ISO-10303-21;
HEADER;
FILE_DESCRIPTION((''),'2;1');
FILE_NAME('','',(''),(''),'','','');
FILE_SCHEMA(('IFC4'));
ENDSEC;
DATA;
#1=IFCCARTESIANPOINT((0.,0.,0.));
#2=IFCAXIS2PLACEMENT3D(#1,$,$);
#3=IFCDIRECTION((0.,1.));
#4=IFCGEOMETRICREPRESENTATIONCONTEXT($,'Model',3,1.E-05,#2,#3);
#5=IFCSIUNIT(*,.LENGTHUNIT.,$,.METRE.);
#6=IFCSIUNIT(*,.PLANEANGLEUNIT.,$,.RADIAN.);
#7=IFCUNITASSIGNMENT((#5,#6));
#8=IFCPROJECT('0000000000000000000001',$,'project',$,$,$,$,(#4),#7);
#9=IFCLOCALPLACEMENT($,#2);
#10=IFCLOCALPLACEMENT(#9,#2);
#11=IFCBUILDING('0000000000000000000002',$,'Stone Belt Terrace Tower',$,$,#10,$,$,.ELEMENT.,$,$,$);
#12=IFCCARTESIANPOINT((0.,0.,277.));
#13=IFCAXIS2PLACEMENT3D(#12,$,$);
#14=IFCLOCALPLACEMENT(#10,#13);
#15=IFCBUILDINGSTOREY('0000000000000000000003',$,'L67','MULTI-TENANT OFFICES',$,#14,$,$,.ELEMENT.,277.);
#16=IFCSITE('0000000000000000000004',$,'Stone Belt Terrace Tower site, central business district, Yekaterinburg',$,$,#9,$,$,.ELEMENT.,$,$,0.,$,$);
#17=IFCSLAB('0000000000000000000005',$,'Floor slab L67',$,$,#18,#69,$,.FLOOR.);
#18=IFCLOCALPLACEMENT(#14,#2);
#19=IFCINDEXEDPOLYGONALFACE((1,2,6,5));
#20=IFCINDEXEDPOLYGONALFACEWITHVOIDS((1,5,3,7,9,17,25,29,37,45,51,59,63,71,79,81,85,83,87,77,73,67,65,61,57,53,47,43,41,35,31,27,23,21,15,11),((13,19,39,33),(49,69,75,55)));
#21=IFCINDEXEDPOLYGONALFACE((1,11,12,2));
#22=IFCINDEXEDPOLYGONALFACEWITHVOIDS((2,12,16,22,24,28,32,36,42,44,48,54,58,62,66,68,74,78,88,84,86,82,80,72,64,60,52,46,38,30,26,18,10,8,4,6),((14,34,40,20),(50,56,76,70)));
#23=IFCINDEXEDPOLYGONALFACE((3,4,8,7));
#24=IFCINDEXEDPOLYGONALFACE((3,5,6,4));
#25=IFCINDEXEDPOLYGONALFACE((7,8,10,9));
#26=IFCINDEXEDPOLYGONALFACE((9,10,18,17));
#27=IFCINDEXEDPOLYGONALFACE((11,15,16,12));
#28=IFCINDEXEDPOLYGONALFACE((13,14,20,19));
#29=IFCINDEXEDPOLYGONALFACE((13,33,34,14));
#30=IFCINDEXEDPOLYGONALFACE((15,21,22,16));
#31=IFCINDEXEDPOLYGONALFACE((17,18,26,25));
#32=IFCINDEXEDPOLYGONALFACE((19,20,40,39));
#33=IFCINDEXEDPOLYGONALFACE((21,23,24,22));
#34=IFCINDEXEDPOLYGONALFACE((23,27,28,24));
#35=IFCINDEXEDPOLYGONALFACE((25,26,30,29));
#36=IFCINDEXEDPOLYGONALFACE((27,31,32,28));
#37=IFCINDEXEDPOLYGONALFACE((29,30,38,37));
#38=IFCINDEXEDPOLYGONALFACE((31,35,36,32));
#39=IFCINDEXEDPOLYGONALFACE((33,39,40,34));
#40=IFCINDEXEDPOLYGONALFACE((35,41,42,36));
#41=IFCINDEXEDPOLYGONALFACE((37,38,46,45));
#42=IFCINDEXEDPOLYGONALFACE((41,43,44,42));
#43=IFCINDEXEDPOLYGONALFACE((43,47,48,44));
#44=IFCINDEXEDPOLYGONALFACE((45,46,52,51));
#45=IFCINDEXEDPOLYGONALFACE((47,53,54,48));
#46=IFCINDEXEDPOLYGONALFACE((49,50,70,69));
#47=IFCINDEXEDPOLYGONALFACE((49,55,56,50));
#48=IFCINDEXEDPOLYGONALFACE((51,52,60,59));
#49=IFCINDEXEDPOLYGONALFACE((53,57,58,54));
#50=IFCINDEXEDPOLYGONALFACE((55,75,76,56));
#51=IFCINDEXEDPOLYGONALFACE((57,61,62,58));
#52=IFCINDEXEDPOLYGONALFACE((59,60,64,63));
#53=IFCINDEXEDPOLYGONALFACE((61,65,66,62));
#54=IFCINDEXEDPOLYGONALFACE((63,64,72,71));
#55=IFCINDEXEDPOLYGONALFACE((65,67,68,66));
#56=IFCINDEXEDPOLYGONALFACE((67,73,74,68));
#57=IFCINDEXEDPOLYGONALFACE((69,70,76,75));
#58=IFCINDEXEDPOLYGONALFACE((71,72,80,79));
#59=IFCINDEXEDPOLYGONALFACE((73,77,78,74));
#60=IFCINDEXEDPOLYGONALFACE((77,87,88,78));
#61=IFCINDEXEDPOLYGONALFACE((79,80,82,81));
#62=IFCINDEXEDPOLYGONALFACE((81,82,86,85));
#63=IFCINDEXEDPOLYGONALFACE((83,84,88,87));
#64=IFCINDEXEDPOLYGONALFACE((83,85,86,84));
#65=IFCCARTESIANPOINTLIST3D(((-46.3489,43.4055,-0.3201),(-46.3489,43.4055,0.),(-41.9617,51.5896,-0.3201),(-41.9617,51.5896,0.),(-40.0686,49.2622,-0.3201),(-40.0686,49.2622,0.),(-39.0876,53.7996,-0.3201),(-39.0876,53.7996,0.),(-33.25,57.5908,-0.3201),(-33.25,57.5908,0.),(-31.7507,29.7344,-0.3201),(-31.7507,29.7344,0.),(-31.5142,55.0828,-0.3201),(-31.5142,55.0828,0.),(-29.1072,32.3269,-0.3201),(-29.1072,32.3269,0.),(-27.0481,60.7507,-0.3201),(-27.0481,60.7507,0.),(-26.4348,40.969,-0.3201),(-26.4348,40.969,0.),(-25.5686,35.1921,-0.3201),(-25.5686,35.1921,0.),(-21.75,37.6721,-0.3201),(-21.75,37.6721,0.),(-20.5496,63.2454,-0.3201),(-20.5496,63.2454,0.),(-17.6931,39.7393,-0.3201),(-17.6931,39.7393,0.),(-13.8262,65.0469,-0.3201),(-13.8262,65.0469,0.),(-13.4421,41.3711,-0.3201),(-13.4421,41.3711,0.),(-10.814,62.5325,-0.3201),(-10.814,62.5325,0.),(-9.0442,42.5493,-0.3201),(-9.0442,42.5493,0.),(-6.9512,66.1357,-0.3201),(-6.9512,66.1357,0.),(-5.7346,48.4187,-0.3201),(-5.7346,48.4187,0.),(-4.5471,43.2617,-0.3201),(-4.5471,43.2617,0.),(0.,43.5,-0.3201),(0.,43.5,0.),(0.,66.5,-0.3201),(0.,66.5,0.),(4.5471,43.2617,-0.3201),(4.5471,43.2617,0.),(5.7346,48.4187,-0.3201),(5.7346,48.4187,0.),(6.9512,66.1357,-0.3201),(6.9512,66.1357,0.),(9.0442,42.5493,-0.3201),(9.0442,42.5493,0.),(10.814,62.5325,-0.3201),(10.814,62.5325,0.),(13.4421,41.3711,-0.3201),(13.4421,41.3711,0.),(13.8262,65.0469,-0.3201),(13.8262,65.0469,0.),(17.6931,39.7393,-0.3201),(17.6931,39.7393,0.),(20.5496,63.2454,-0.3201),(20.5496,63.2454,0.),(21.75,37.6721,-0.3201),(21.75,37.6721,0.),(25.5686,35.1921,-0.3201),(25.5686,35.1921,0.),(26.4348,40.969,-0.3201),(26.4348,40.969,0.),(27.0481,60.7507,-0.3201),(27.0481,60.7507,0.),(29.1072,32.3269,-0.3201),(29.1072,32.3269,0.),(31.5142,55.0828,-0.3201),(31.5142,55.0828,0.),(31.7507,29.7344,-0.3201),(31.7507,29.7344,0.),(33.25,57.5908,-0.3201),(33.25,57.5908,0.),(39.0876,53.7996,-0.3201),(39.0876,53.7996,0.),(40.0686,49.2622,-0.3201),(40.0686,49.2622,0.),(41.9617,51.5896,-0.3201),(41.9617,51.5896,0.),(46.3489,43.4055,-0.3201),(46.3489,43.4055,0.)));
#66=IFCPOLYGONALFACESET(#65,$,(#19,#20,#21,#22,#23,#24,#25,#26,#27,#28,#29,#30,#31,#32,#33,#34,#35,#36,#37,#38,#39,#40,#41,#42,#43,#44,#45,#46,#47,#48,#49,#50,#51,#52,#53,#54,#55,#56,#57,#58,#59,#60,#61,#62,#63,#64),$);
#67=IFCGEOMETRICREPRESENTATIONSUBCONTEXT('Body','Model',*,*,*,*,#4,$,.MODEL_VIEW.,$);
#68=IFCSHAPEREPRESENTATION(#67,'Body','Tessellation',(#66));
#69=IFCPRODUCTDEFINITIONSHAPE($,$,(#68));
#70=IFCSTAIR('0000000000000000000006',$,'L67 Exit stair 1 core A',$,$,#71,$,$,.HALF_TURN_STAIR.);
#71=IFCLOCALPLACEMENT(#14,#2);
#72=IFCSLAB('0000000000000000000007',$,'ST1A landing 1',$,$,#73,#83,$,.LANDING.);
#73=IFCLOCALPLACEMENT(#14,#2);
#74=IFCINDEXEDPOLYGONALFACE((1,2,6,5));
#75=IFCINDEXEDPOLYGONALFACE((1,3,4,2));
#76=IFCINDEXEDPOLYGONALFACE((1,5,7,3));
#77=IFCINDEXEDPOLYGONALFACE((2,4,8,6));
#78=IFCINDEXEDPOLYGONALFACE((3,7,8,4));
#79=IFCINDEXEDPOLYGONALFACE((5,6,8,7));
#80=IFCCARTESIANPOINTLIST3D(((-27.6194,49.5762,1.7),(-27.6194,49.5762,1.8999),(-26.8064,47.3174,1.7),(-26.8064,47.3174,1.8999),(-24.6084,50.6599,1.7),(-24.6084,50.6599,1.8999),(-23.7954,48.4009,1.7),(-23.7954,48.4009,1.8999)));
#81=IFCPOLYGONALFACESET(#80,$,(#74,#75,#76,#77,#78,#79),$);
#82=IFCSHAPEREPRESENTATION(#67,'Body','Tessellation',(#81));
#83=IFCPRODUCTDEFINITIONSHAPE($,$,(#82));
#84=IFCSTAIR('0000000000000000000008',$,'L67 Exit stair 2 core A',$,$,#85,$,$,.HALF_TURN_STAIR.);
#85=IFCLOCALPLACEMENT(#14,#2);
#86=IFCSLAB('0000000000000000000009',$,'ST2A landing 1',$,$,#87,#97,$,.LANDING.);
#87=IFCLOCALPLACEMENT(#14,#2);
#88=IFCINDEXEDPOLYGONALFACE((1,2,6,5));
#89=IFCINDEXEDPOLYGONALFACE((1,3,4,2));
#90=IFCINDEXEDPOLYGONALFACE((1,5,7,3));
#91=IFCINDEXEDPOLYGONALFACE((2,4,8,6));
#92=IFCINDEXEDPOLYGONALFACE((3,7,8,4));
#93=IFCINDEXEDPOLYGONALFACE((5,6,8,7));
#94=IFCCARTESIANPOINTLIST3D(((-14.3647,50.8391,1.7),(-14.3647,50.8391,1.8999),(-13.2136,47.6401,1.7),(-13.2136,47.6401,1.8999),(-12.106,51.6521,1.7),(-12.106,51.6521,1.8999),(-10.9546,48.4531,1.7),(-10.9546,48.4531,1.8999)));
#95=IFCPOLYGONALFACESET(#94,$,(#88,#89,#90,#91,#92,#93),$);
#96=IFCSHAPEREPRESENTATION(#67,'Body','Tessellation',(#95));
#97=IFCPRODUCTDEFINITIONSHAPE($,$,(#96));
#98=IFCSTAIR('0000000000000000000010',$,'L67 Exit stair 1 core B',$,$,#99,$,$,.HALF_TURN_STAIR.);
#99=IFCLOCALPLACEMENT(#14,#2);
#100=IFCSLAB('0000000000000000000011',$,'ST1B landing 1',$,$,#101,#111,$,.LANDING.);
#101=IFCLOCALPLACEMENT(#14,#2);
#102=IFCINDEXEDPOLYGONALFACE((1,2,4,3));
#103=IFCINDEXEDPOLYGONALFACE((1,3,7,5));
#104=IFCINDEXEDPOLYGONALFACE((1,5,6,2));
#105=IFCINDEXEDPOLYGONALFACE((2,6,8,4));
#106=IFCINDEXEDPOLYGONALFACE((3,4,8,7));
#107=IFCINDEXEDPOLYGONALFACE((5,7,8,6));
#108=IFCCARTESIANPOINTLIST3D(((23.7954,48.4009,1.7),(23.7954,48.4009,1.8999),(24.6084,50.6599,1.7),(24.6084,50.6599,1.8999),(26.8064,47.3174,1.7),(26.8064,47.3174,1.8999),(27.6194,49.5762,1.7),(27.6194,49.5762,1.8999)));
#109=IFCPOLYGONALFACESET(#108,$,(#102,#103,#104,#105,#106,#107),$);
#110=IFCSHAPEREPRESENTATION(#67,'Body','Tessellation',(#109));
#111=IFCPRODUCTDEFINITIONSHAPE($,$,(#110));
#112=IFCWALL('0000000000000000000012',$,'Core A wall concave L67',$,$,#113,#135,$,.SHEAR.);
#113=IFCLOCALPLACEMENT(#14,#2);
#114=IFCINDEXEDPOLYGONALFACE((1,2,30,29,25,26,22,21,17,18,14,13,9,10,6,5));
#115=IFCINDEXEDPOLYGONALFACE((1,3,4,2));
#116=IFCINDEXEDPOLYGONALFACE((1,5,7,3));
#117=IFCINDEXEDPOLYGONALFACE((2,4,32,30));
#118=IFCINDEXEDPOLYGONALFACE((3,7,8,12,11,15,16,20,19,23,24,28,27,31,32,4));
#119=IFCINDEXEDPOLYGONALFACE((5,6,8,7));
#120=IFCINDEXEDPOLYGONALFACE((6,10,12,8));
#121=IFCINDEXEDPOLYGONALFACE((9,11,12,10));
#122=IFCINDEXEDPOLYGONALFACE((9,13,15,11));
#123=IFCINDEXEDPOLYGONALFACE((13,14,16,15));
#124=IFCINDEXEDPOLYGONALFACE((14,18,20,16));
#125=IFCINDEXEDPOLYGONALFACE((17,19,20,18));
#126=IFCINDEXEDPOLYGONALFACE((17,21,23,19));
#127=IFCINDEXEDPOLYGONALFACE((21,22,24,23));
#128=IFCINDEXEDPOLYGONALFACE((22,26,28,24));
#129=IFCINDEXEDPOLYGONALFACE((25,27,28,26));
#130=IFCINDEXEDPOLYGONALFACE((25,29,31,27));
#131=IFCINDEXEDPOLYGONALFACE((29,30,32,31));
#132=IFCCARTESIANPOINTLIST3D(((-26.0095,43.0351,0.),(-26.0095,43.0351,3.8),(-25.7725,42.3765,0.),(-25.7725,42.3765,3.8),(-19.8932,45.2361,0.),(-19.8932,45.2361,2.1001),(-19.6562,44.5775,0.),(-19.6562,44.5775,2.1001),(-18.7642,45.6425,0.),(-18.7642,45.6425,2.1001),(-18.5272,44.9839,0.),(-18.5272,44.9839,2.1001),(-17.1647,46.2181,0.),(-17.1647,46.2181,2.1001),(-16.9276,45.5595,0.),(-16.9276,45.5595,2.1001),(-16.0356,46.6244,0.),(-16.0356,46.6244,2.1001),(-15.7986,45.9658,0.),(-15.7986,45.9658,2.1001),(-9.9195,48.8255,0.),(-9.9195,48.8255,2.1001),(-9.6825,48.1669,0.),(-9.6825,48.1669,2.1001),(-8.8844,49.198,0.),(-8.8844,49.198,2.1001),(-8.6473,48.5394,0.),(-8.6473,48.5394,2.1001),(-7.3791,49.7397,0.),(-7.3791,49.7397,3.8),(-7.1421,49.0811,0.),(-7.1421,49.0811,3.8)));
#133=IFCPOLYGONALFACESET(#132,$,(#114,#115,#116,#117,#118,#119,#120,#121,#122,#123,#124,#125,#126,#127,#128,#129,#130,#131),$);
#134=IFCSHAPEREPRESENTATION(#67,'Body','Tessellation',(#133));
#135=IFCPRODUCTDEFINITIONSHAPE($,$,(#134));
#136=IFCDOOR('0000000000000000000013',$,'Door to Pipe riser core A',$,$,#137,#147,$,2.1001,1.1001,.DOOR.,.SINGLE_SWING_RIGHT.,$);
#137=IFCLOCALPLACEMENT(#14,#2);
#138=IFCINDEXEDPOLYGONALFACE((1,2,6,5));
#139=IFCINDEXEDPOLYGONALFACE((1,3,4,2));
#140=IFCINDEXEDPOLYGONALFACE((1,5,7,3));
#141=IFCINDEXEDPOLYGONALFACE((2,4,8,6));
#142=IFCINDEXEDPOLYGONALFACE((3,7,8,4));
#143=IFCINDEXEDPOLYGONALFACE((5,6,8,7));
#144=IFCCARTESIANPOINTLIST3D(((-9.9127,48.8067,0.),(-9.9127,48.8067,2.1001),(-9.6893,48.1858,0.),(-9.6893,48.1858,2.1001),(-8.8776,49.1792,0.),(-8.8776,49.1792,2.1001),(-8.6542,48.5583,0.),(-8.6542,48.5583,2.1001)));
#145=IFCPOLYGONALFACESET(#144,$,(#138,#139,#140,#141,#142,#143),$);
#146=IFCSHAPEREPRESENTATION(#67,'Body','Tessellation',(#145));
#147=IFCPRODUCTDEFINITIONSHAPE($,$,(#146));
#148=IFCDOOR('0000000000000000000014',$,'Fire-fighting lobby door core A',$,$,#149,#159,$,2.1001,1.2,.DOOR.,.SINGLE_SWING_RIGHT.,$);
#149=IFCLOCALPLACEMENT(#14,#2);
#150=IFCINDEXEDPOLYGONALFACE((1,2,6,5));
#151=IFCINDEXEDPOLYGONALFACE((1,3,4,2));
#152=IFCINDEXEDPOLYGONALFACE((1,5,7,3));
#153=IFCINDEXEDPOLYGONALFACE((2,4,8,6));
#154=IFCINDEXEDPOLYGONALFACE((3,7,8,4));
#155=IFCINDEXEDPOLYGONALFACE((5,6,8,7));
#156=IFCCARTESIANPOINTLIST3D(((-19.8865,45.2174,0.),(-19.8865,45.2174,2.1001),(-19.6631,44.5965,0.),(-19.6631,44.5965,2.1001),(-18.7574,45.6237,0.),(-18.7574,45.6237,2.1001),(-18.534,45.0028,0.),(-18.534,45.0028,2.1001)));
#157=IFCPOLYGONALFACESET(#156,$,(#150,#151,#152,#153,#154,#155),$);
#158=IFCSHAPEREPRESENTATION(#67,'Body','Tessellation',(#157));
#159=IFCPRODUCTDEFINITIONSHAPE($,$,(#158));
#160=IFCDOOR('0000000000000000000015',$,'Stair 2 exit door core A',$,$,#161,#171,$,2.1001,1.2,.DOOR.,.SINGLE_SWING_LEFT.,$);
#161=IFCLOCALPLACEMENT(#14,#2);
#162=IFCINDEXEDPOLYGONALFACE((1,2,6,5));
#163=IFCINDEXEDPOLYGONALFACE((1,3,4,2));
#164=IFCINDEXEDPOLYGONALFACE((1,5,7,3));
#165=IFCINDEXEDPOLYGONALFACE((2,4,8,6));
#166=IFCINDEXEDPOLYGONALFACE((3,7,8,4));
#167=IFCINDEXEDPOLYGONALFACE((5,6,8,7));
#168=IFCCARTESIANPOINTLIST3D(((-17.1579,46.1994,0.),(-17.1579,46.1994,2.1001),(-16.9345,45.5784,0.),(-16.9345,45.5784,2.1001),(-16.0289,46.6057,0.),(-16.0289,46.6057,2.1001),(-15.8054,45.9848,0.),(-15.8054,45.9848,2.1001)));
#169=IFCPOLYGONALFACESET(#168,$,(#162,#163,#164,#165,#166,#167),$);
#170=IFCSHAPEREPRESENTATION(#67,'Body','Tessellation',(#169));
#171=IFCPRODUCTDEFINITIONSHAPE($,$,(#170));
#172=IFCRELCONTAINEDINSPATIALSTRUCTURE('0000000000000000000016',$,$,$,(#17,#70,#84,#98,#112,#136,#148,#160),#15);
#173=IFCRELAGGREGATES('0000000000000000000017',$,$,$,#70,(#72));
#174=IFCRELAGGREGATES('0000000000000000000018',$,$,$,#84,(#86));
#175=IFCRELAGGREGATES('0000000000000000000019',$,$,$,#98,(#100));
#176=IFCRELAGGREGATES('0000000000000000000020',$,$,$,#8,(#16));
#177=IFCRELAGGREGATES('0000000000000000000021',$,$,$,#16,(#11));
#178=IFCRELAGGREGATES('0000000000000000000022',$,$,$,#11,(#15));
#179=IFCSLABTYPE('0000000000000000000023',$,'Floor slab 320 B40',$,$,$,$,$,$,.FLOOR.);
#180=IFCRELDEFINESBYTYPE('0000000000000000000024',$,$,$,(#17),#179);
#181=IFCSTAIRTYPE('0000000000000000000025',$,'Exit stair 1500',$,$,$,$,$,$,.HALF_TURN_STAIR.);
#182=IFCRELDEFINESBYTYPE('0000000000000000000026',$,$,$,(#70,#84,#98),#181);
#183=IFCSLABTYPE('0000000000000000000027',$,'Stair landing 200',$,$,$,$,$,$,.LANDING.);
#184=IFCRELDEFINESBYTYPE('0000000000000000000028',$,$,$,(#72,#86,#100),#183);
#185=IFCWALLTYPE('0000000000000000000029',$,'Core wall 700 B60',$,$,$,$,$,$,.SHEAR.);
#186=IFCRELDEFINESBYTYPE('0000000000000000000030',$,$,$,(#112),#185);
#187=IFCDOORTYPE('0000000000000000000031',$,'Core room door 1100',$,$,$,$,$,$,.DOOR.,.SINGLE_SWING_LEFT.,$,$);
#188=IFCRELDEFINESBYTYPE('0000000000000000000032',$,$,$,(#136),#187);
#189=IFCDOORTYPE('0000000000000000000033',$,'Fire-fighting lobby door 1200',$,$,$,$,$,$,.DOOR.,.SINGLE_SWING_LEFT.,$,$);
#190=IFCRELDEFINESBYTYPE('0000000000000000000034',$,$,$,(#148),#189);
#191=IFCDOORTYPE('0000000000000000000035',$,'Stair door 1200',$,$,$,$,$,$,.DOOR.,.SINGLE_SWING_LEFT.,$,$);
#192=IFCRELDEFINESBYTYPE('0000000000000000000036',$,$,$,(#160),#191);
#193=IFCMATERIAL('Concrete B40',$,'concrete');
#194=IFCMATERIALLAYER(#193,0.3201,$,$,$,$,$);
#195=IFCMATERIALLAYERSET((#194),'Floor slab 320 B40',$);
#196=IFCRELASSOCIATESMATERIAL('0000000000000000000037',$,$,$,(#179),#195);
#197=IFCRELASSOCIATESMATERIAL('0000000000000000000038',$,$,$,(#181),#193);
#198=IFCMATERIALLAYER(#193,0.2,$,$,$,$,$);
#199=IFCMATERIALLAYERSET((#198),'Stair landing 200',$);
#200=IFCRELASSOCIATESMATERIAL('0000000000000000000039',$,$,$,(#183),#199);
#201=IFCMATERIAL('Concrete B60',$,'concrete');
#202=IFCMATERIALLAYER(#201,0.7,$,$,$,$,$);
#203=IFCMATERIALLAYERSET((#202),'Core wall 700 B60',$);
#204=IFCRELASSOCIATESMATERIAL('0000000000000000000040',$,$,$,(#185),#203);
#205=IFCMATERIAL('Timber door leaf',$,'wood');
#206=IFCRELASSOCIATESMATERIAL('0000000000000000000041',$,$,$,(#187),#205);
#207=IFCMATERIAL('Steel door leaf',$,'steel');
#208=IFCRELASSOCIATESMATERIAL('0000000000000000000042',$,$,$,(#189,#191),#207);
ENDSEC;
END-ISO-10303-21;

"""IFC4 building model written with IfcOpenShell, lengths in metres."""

from ifc_helpers import new_model, si_unit, direction, frame, frame_2d, origin, place, context, subcontext, project, spatial, polyline, rectangle, outline, extrude, material, layer, layer_set, type_object, element, fill, aggregate, save


model = new_model("IFC4")

# Units and contexts
model_context = context("Model", 3, precision=1e-05, world=origin(), true_north=direction((0.0, 1.0)))
body_context = subcontext(model_context, "Body", "Model", "MODEL_VIEW")
ifc_project = project(units=[si_unit("LENGTHUNIT", "METRE"), si_unit("PLANEANGLEUNIT", "RADIAN")], contexts=[model_context])

# Site, building, storey
site_placement = place(None, origin())
site = spatial("IfcSite", under=ifc_project, at=site_placement, Name="Stone Belt Terrace Tower site, central business district, Yekaterinburg", CompositionType="ELEMENT", RefElevation=0.0)
building_placement = place(site_placement, origin())
building = spatial("IfcBuilding", under=site, at=building_placement, Name="Stone Belt Terrace Tower", CompositionType="ELEMENT")
storey_placement = place(building_placement, frame((0.0, 0.0, 277.0)))
storey = spatial("IfcBuildingStorey", under=building, at=storey_placement, Name="L67", Description="MULTI-TENANT OFFICES", CompositionType="ELEMENT", Elevation=277.0)

# Shared definitions
ifc_material_1 = material(Name="Concrete B60", Category="concrete")

# Slab
ifc_material_2 = material(Name="Concrete B40", Category="concrete")
ifc_layer_1 = layer(ifc_material_2, 0.3201)
ifc_layer_set_1 = layer_set([ifc_layer_1], Name="Floor slab 320 B40")
slab_type_1 = type_object("IfcSlabType", Name="Floor slab 320 B40", PredefinedType="FLOOR", material=ifc_layer_set_1)
slab_1_placement = place(storey_placement, frame((0.0, 0.0, -0.3201)))
element("IfcSlab", 1, at=slab_1_placement, inside=storey, type_object=slab_type_1, Name="Floor slab L67", PredefinedType="FLOOR", context=body_context, shape_type="SweptSolid", body=[
    extrude(outline(polyline([(-40.0686, 49.2622), (-41.9617, 51.5896), (-39.0876, 53.7996), (-33.25, 57.5908), (-27.0481, 60.7507), (-20.5496, 63.2454), (-13.8262, 65.0469), (-6.9512, 66.1357), (0.0, 66.5), (6.9512, 66.1357), (13.8262, 65.0469), (20.5496, 63.2454), (27.0481, 60.7507), (33.25, 57.5908), (39.0876, 53.7996), (41.9617, 51.5896), (40.0686, 49.2622), (46.3489, 43.4055), (31.7507, 29.7344), (29.1072, 32.3269), (25.5686, 35.1921), (21.75, 37.6721), (17.6931, 39.7393), (13.4421, 41.3711), (9.0442, 42.5493), (4.5471, 43.2617), (0.0, 43.5), (-4.5471, 43.2617), (-9.0442, 42.5493), (-13.4421, 41.3711), (-17.6931, 39.7393), (-21.75, 37.6721), (-25.5686, 35.1921), (-29.1072, 32.3269), (-31.7507, 29.7344), (-46.3489, 43.4055), (-40.0686, 49.2622)]), holes=[polyline([(-10.814, 62.5325), (-31.5142, 55.0828), (-26.4348, 40.969), (-5.7346, 48.4187), (-10.814, 62.5325)]), polyline([(26.4348, 40.969), (31.5142, 55.0828), (10.814, 62.5325), (5.7346, 48.4187), (26.4348, 40.969)])]), origin(), (0.0, 0.0, 1.0), 0.3201),
])

# Stairs, slabs
stair_type = type_object("IfcStairType", Name="Exit stair 1500", PredefinedType="HALF_TURN_STAIR", material=ifc_material_2)
stair_1_placement = place(storey_placement, origin())
stair_1 = element("IfcStair", 2, at=stair_1_placement, inside=storey, type_object=stair_type, Name="L67 Exit stair 1 core A", PredefinedType="HALF_TURN_STAIR")
ifc_layer_2 = layer(ifc_material_2, 0.2)
ifc_layer_set_2 = layer_set([ifc_layer_2], Name="Stair landing 200")
slab_type_2 = type_object("IfcSlabType", Name="Stair landing 200", PredefinedType="LANDING", material=ifc_layer_set_2)
slab_2_placement = place(storey_placement, frame((0.0, 0.0, 1.7)))
slab_2 = element("IfcSlab", 3, at=slab_2_placement, type_object=slab_type_2, Name="ST1A landing 1", PredefinedType="LANDING", context=body_context, shape_type="SweptSolid", body=[
    extrude(outline(polyline([(-23.7954, 48.4009), (-24.6084, 50.6599), (-27.6194, 49.5762), (-26.8064, 47.3174), (-23.7954, 48.4009)])), origin(), (0.0, 0.0, 1.0), 0.2),
])
aggregate(stair_1, [slab_2])
stair_2_placement = place(storey_placement, origin())
stair_2 = element("IfcStair", 4, at=stair_2_placement, inside=storey, type_object=stair_type, Name="L67 Exit stair 2 core A", PredefinedType="HALF_TURN_STAIR")
slab_3_placement = place(storey_placement, frame((0.0, 0.0, 1.7)))
slab_3 = element("IfcSlab", 5, at=slab_3_placement, type_object=slab_type_2, Name="ST2A landing 1", PredefinedType="LANDING", context=body_context, shape_type="SweptSolid", body=[
    extrude(outline(polyline([(-13.2136, 47.6401), (-10.9546, 48.4531), (-12.106, 51.6521), (-14.3647, 50.8391), (-13.2136, 47.6401)])), origin(), (0.0, 0.0, 1.0), 0.2),
])
aggregate(stair_2, [slab_3])
stair_3_placement = place(storey_placement, origin())
stair_3 = element("IfcStair", 6, at=stair_3_placement, inside=storey, type_object=stair_type, Name="L67 Exit stair 1 core B", PredefinedType="HALF_TURN_STAIR")
slab_4_placement = place(storey_placement, frame((0.0, 0.0, 1.7)))
slab_4 = element("IfcSlab", 7, at=slab_4_placement, type_object=slab_type_2, Name="ST1B landing 1", PredefinedType="LANDING", context=body_context, shape_type="SweptSolid", body=[
    extrude(outline(polyline([(26.8064, 47.3174), (27.6194, 49.5762), (24.6084, 50.6599), (23.7954, 48.4009), (26.8064, 47.3174)])), origin(), (0.0, 0.0, 1.0), 0.2),
])
aggregate(stair_3, [slab_4])

# Wall, openings, doors
ifc_layer_3 = layer(ifc_material_1, 0.7)
ifc_layer_set_3 = layer_set([ifc_layer_3], Name="Core wall 700 B60")
wall_type_1 = type_object("IfcWallType", Name="Core wall 700 B60", PredefinedType="SHEAR", material=ifc_layer_set_3)
wall_1_placement = place(storey_placement, frame((-25.8909, 42.7058, 0.0), z_axis=(0.0, 0.0, 1.0), x_axis=(0.940925, 0.338615, 0.0)))
wall_1 = element("IfcWall", 8, at=wall_1_placement, inside=storey, type_object=wall_type_1, Name="Core A wall concave L67", PredefinedType="SHEAR", context=body_context, shape_type="SweptSolid", body=[
    extrude(rectangle(XDim=19.8, YDim=0.7, at=frame_2d((9.8999, 0.0))), origin(), (0.0, 0.0, 1.0), 3.8),
])
opening_1_placement = place(wall_1_placement, frame((6.5, 0.0, 0.0)))
opening_1 = element("IfcOpeningElement", 9, at=opening_1_placement, cuts=wall_1, PredefinedType="OPENING", context=body_context, shape_type="SweptSolid", body=[
    extrude(rectangle(XDim=1.2, YDim=2.1001, at=frame_2d((0.6001, 1.05))), frame((0.0, 0.3599, 0.0), z_axis=(0.0, -1.0, 0.0), x_axis=(1.0, 0.0, 0.0)), (0.0, 0.0, 1.0), 0.72),
])
opening_2_placement = place(wall_1_placement, frame((9.3999, 0.0, 0.0)))
opening_2 = element("IfcOpeningElement", 10, at=opening_2_placement, cuts=wall_1, PredefinedType="OPENING", context=body_context, shape_type="SweptSolid", body=[
    extrude(rectangle(XDim=1.2, YDim=2.1001, at=frame_2d((0.6001, 1.05))), frame((0.0, 0.3599, 0.0), z_axis=(0.0, -1.0, 0.0), x_axis=(1.0, 0.0, 0.0)), (0.0, 0.0, 1.0), 0.72),
])
opening_3_placement = place(wall_1_placement, frame((17.1001, 0.0, 0.0)))
opening_3 = element("IfcOpeningElement", 11, at=opening_3_placement, cuts=wall_1, PredefinedType="OPENING", context=body_context, shape_type="SweptSolid", body=[
    extrude(rectangle(XDim=1.1001, YDim=2.1001, at=frame_2d((0.55, 1.05))), frame((0.0, 0.3599, 0.0), z_axis=(0.0, -1.0, 0.0), x_axis=(1.0, 0.0, 0.0)), (0.0, 0.0, 1.0), 0.72),
])
ifc_material_3 = material(Name="Timber door leaf", Category="wood")
door_type_1 = type_object("IfcDoorType", Name="Core room door 1100", OperationType="SINGLE_SWING_LEFT", PredefinedType="DOOR", material=ifc_material_3)
door_1_placement = place(opening_3_placement, origin())
door_1 = element("IfcDoor", 12, at=door_1_placement, inside=storey, type_object=door_type_1, Name="Door to Pipe riser core A", OperationType="SINGLE_SWING_RIGHT", OverallHeight=2.1001, OverallWidth=1.1001, PredefinedType="DOOR", context=body_context, shape_type="SweptSolid", body=[
    extrude(rectangle(XDim=1.1001, YDim=2.1001, at=frame_2d((0.55, 1.05))), frame((0.0, 0.3301, 0.0), z_axis=(0.0, -1.0, 0.0), x_axis=(1.0, 0.0, 0.0)), (0.0, 0.0, 1.0), 0.6599),
])
fill(opening_3, door_1)
ifc_material_4 = material(Name="Steel door leaf", Category="steel")
door_type_2 = type_object("IfcDoorType", Name="Fire-fighting lobby door 1200", OperationType="SINGLE_SWING_LEFT", PredefinedType="DOOR", material=ifc_material_4)
door_2_placement = place(opening_1_placement, origin())
door_2 = element("IfcDoor", 13, at=door_2_placement, inside=storey, type_object=door_type_2, Name="Fire-fighting lobby door core A", OperationType="SINGLE_SWING_RIGHT", OverallHeight=2.1001, OverallWidth=1.2, PredefinedType="DOOR", context=body_context, shape_type="SweptSolid", body=[
    extrude(rectangle(XDim=1.2, YDim=2.1001, at=frame_2d((0.6001, 1.05))), frame((0.0, 0.3301, 0.0), z_axis=(0.0, -1.0, 0.0), x_axis=(1.0, 0.0, 0.0)), (0.0, 0.0, 1.0), 0.6599),
])
fill(opening_1, door_2)
door_type_3 = type_object("IfcDoorType", Name="Stair door 1200", OperationType="SINGLE_SWING_LEFT", PredefinedType="DOOR", material=ifc_material_4)
door_3_placement = place(opening_2_placement, origin())
door_3 = element("IfcDoor", 14, at=door_3_placement, inside=storey, type_object=door_type_3, Name="Stair 2 exit door core A", OperationType="SINGLE_SWING_LEFT", OverallHeight=2.1001, OverallWidth=1.2, PredefinedType="DOOR", context=body_context, shape_type="SweptSolid", body=[
    extrude(rectangle(XDim=1.2, YDim=2.1001, at=frame_2d((0.6001, 1.05))), frame((0.0, 0.3301, 0.0), z_axis=(0.0, -1.0, 0.0), x_axis=(1.0, 0.0, 0.0)), (0.0, 0.0, 1.0), 0.6599),
])
fill(opening_2, door_3)

save(model, "model.ifc")
